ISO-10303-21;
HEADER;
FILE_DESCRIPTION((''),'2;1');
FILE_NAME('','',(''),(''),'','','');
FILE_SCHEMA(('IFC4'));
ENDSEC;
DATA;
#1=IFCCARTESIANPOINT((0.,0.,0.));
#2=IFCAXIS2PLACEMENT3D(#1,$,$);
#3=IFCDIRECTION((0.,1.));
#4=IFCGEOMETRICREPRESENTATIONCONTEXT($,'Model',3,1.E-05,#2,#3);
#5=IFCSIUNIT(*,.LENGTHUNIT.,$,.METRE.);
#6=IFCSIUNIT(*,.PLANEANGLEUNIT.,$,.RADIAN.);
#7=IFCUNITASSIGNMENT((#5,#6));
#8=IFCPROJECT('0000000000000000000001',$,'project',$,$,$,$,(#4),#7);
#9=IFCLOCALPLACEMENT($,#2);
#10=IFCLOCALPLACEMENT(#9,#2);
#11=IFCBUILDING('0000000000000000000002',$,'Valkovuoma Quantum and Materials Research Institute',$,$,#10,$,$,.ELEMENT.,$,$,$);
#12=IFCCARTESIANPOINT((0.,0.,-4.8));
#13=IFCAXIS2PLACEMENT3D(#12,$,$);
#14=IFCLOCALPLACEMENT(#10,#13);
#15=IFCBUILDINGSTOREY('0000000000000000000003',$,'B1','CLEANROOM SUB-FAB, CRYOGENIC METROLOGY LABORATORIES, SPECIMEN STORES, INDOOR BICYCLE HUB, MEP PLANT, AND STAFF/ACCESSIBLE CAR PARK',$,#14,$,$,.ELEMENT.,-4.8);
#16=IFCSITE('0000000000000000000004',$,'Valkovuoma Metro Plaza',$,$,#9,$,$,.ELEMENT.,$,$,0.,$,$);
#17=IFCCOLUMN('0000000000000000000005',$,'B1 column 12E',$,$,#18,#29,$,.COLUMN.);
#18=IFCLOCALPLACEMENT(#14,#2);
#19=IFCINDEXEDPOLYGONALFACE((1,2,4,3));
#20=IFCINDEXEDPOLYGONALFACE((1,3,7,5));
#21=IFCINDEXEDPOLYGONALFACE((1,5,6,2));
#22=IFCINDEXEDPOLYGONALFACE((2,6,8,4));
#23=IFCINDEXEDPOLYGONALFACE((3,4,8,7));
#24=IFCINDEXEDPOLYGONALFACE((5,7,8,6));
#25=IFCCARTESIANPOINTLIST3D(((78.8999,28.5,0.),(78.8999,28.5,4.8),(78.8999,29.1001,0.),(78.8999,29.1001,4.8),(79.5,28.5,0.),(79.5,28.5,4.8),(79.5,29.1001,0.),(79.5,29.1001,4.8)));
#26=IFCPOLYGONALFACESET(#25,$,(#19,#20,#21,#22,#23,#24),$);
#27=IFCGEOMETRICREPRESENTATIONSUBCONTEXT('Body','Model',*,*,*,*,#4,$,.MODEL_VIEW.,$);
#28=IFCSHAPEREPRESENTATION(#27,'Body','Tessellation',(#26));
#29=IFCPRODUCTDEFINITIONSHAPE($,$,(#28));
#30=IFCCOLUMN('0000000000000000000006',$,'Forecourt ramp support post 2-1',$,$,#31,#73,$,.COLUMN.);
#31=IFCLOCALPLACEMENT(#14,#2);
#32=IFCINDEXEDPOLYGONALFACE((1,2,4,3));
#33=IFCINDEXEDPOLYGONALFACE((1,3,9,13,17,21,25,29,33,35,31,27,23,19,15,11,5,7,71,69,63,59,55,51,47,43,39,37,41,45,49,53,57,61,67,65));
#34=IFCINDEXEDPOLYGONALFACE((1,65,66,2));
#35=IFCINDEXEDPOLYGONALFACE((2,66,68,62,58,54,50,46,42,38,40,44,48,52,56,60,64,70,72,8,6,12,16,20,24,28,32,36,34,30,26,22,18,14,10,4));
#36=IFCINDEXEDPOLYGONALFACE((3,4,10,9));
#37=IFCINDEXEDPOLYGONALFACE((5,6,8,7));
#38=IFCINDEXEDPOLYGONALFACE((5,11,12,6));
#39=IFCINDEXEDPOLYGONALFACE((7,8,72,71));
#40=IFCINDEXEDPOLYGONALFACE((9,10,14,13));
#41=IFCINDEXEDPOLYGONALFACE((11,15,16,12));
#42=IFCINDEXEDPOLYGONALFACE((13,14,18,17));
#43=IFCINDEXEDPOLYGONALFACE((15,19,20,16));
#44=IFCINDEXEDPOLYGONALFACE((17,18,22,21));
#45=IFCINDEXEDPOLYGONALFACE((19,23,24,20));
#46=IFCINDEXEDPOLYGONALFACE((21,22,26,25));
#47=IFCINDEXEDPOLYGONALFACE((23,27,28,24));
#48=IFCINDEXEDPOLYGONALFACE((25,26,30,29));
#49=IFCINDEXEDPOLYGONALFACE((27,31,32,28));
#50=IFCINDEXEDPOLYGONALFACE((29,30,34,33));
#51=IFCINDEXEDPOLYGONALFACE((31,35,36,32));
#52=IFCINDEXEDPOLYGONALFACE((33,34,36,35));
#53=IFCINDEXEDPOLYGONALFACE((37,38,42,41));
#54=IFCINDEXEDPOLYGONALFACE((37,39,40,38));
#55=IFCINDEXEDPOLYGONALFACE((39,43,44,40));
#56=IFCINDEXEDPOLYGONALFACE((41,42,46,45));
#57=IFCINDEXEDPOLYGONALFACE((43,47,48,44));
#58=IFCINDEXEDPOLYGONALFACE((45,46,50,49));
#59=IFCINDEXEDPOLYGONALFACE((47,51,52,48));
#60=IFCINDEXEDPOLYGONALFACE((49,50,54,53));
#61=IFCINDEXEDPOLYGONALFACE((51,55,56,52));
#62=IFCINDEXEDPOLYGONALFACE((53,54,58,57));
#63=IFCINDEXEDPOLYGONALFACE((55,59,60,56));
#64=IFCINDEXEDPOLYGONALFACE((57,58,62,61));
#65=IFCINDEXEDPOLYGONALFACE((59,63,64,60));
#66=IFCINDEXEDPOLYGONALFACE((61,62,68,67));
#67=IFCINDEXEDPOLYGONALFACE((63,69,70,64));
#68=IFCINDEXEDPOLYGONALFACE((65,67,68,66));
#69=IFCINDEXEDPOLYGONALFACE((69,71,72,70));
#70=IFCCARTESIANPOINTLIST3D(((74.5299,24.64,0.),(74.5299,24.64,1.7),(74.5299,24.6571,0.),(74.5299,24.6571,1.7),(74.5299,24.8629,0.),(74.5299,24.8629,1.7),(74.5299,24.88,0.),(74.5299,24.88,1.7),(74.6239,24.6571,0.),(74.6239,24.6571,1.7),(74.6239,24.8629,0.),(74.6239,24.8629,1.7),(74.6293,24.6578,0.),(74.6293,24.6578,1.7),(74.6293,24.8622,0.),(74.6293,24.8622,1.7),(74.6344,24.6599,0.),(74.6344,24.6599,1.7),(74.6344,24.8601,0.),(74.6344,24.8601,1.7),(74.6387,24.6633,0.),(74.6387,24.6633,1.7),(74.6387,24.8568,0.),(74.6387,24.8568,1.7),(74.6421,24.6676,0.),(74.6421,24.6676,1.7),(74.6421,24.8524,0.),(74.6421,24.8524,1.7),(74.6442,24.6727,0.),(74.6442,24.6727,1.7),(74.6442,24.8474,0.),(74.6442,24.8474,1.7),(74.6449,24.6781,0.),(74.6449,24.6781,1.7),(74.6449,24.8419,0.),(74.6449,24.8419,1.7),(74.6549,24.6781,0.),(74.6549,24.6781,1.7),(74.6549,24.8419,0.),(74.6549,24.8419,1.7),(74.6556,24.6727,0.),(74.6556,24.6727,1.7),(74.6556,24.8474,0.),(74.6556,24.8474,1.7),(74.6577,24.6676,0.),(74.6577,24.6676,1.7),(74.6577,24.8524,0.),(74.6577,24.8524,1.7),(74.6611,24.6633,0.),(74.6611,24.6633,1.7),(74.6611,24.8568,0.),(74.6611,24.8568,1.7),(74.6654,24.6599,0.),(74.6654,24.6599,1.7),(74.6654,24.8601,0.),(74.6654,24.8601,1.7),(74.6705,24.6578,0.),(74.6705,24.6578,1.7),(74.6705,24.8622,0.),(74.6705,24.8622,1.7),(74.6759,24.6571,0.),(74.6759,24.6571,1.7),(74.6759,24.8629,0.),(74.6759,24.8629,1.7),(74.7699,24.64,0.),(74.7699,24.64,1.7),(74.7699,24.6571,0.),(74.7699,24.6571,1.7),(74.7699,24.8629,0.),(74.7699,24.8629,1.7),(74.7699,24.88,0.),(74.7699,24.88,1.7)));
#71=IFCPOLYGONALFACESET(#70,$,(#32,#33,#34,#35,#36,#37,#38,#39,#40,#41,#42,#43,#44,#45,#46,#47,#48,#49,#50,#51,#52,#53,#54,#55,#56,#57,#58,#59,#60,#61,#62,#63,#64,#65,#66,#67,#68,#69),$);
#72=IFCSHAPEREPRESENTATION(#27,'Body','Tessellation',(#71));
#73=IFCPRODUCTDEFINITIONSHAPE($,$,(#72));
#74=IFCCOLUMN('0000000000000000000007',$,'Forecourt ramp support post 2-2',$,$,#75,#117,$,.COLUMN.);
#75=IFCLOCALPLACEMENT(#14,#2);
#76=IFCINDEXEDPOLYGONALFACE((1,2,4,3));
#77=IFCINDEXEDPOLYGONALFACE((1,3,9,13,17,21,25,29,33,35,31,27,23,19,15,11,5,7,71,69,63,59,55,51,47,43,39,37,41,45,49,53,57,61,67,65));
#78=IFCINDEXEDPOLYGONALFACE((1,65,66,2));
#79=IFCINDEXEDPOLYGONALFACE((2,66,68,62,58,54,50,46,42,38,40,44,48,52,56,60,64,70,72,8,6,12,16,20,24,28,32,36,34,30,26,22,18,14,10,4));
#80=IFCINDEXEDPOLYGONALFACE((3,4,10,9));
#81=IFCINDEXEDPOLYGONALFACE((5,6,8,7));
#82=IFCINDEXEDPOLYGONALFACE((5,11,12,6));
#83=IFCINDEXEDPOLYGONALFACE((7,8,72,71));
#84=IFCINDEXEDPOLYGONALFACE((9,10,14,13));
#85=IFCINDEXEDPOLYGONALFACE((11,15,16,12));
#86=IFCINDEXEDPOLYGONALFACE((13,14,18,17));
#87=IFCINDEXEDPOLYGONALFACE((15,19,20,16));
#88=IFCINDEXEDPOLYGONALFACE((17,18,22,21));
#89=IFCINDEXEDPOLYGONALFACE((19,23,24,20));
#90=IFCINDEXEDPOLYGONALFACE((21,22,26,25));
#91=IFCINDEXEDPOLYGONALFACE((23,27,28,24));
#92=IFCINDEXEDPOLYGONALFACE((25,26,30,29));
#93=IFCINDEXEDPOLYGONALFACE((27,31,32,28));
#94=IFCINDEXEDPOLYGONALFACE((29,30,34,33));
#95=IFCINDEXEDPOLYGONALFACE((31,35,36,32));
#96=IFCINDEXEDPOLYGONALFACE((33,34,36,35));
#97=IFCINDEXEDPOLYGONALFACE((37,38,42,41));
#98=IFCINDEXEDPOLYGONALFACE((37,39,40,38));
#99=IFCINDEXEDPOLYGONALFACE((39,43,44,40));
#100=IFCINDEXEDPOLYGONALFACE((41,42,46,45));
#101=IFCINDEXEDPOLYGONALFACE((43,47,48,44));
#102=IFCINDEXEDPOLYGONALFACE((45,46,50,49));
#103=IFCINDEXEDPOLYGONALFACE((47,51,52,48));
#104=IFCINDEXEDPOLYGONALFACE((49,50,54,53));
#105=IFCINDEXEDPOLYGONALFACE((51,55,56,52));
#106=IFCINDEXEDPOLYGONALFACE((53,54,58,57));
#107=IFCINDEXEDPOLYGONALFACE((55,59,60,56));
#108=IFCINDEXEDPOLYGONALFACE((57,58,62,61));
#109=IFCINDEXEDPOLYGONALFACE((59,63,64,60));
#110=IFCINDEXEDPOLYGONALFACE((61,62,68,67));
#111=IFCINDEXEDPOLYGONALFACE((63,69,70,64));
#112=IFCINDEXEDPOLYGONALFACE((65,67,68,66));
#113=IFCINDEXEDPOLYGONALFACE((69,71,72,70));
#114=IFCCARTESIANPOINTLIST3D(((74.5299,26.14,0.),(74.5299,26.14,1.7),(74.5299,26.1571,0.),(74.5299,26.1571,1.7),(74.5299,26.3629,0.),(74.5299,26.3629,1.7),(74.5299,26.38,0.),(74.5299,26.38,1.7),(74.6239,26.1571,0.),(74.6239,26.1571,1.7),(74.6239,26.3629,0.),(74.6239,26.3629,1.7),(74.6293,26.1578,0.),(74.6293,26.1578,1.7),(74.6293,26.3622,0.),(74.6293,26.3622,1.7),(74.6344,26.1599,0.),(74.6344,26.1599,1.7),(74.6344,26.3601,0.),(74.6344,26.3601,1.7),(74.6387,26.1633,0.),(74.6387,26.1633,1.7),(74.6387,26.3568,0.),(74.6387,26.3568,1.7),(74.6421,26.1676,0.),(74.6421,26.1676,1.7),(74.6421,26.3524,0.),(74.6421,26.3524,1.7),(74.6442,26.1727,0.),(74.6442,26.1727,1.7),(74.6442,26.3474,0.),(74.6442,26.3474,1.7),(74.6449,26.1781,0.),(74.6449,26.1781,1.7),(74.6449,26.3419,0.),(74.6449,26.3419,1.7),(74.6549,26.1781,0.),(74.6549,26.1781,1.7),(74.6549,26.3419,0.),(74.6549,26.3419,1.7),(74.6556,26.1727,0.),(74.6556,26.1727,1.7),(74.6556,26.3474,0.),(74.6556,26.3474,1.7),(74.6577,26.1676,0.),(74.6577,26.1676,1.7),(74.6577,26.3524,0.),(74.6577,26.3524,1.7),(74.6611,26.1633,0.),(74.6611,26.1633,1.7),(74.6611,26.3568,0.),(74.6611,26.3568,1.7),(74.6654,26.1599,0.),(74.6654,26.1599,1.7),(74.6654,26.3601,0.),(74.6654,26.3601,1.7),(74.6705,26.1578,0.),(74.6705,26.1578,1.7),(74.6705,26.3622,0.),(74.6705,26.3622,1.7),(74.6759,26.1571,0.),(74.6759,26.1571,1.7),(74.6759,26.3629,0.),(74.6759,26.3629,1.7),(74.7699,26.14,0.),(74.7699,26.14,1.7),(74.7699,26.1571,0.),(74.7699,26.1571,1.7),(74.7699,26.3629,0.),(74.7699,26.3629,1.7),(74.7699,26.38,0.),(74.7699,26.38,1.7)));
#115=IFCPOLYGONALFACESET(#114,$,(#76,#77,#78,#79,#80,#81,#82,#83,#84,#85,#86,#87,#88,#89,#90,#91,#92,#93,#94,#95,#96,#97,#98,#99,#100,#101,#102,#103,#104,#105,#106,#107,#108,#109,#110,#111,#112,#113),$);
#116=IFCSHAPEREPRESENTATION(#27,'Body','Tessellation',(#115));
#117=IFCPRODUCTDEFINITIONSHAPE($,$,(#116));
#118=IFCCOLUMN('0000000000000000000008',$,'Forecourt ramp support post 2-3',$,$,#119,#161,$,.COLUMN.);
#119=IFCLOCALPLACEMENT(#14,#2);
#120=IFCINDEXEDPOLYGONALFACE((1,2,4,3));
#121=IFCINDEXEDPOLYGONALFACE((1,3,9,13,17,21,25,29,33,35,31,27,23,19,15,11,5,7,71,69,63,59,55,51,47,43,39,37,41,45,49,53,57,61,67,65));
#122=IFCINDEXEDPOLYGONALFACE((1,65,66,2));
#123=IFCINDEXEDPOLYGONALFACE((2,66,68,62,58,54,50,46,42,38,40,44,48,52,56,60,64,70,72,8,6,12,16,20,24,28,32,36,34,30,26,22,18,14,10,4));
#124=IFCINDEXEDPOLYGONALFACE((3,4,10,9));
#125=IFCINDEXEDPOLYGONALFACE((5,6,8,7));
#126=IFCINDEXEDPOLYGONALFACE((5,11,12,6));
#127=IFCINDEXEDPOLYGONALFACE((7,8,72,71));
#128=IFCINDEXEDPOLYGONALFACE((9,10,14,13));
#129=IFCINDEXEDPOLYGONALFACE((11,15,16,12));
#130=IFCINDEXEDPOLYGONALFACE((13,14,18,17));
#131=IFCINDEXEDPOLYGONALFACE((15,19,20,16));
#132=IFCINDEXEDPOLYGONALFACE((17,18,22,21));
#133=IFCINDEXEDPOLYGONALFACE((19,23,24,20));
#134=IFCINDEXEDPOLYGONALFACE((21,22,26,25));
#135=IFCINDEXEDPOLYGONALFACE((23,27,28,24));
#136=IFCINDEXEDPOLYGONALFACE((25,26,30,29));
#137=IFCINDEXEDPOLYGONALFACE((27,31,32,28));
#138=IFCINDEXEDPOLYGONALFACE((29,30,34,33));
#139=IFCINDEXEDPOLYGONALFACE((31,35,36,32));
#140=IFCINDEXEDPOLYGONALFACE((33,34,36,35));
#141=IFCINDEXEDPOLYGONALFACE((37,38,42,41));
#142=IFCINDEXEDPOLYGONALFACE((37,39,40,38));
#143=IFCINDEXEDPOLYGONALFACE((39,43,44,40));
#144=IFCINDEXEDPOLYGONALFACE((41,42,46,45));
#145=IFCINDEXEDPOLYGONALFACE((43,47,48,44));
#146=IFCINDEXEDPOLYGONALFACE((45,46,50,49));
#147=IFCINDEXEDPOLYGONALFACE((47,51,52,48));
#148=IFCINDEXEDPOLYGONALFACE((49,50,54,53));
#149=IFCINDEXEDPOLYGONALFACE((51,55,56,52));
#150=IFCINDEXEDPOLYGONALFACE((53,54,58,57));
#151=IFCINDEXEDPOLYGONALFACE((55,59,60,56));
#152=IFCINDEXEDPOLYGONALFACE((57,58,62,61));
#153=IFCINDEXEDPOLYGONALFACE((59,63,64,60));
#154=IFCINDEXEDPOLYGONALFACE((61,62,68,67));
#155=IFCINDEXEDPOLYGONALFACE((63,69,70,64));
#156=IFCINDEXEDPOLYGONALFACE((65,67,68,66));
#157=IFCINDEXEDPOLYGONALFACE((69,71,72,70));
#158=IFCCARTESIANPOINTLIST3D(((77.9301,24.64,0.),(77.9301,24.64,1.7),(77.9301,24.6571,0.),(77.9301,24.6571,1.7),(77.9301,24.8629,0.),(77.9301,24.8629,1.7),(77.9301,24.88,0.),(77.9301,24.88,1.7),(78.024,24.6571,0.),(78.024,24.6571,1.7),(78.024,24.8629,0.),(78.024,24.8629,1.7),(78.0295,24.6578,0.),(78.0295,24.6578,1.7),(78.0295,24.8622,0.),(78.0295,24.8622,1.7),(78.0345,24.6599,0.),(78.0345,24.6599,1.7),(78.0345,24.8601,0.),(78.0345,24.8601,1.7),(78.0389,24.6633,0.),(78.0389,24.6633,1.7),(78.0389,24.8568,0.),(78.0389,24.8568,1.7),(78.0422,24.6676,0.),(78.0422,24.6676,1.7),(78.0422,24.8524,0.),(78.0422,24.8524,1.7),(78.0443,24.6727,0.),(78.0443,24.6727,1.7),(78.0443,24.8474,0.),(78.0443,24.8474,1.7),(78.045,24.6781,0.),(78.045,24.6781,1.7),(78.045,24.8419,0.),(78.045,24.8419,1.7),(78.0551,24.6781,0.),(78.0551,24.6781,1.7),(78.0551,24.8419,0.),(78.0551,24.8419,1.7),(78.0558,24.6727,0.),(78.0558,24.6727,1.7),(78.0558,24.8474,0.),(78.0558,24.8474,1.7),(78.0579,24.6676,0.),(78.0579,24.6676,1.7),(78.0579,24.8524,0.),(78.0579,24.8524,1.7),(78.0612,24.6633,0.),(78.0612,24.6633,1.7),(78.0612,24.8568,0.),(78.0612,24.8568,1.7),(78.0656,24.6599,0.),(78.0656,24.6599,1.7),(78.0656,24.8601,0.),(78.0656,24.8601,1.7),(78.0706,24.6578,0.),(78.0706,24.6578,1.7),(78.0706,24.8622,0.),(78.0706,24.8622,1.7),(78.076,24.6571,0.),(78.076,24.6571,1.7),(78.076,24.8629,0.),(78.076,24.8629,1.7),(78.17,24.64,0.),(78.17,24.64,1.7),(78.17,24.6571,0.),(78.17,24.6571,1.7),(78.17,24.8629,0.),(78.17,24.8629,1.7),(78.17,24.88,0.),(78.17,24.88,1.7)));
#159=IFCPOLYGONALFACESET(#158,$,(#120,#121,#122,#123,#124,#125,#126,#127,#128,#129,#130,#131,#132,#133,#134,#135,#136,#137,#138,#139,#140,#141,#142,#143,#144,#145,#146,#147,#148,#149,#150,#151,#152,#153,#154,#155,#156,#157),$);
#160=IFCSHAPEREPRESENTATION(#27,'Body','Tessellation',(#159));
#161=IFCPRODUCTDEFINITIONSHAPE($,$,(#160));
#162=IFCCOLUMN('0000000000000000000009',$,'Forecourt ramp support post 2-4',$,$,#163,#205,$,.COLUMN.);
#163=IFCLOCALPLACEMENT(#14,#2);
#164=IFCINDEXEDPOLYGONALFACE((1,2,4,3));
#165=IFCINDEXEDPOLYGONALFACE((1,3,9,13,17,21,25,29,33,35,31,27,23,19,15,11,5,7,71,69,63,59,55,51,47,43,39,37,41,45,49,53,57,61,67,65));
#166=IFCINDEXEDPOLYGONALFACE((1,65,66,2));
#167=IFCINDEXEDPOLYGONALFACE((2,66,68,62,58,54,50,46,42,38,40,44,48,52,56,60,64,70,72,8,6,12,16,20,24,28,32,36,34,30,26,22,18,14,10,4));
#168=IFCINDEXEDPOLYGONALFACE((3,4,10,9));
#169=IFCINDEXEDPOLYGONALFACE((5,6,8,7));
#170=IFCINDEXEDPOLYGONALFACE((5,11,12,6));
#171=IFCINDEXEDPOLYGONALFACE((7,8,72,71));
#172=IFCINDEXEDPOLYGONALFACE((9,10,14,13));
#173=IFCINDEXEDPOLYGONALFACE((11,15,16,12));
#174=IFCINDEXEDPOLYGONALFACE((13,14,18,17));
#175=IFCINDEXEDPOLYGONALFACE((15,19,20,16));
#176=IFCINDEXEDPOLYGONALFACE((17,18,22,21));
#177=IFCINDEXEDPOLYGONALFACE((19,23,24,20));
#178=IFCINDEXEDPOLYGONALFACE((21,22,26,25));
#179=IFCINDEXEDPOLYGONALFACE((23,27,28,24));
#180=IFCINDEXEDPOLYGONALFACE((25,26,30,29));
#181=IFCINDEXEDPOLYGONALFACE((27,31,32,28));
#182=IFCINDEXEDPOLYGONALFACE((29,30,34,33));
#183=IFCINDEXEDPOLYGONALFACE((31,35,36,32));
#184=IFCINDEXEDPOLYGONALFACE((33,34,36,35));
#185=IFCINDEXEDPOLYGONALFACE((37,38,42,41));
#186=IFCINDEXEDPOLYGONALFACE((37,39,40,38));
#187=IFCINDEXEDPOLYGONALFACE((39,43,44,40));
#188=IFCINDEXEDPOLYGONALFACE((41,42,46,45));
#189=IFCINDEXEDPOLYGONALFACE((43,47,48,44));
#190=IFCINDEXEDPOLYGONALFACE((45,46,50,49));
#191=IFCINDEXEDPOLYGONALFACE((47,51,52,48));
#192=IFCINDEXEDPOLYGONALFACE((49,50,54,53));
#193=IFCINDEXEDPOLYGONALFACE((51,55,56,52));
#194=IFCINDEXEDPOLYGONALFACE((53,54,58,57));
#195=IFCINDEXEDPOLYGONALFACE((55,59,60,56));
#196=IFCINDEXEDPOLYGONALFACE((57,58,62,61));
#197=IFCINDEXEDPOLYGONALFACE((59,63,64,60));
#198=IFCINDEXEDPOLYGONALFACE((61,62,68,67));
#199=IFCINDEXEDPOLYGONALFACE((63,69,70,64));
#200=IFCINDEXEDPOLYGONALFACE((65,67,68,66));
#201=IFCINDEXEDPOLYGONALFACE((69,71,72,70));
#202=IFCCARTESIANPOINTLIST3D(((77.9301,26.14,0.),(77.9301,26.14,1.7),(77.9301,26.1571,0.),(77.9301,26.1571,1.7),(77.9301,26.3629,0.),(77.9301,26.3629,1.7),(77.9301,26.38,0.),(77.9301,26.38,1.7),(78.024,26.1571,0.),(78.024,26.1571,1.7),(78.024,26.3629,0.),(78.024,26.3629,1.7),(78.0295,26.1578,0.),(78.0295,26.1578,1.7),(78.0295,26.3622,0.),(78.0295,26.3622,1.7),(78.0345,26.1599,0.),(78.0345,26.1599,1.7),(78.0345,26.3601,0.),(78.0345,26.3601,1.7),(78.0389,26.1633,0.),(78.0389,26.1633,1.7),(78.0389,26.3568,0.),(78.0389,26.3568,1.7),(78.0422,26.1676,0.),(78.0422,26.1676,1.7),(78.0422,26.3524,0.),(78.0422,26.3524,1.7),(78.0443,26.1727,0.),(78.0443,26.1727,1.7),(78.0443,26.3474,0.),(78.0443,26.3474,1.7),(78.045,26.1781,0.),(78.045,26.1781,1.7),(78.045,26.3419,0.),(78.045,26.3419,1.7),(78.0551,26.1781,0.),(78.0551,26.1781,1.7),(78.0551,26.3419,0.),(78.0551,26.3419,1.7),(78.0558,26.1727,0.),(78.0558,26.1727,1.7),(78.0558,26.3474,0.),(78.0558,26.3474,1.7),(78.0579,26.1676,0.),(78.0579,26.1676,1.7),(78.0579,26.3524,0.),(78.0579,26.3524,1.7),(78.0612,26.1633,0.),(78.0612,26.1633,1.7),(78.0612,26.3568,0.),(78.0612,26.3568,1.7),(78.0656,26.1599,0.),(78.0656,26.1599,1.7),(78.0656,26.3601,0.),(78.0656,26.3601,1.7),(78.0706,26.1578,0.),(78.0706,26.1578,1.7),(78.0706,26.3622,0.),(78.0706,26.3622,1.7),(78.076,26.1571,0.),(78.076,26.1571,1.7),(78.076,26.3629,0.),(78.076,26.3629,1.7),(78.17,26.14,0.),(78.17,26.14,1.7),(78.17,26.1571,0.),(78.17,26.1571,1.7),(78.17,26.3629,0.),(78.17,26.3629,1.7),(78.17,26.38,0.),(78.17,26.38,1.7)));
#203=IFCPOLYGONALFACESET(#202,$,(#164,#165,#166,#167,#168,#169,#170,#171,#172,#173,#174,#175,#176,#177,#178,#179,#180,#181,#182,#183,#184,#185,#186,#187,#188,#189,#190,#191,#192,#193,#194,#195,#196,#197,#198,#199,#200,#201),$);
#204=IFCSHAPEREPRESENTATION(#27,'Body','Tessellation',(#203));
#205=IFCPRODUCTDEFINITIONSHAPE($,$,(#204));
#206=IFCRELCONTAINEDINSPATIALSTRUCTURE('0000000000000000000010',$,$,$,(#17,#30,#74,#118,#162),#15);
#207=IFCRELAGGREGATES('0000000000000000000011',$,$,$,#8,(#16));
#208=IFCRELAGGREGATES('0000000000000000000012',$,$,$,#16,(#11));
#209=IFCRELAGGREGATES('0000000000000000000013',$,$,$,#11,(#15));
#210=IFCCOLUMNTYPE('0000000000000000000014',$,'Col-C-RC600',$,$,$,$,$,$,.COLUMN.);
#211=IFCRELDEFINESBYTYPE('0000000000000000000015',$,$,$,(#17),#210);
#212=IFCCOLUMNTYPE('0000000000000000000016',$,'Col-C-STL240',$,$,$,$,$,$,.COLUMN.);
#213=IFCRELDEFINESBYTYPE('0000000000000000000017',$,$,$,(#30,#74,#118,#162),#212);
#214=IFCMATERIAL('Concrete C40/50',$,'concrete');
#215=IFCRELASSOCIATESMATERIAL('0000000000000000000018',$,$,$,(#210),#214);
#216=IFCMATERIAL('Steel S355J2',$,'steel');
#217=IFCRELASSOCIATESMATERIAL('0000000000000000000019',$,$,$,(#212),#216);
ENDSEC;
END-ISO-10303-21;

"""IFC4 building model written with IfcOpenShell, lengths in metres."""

from ifc_helpers import new_model, si_unit, direction, frame, origin, origin_2d, place, context, subcontext, project, spatial, rectangle, i_section, extrude, material, material_profile, profile_set, type_object, element, save


model = new_model("IFC4")

# Units and contexts
model_context = context("Model", 3, precision=1e-05, world=origin(), true_north=direction((0.0, 1.0)))
body_context = subcontext(model_context, "Body", "Model", "MODEL_VIEW")
ifc_project = project(units=[si_unit("LENGTHUNIT", "METRE"), si_unit("PLANEANGLEUNIT", "RADIAN")], contexts=[model_context])

# Site, building, storey
site_placement = place(None, origin())
site = spatial("IfcSite", under=ifc_project, at=site_placement, Name="Valkovuoma Metro Plaza", CompositionType="ELEMENT", RefElevation=0.0)
building_placement = place(site_placement, origin())
building = spatial("IfcBuilding", under=site, at=building_placement, Name="Valkovuoma Quantum and Materials Research Institute", CompositionType="ELEMENT")
storey_placement = place(building_placement, frame((0.0, 0.0, -4.8)))
storey = spatial("IfcBuildingStorey", under=building, at=storey_placement, Name="B1", Description="CLEANROOM SUB-FAB, CRYOGENIC METROLOGY LABORATORIES, SPECIMEN STORES, INDOOR BICYCLE HUB, MEP PLANT, AND STAFF/ACCESSIBLE CAR PARK", CompositionType="ELEMENT", Elevation=-4.8)

# Columns
ifc_material_1 = material(Name="Concrete C40/50", Category="concrete")
ifc_material_profile_1 = material_profile(ifc_material_1, rectangle(XDim=0.6001, YDim=0.6001, at=origin_2d()), Name="Concrete C40/50")
ifc_profile_set_1 = profile_set([ifc_material_profile_1], Name="Concrete C40/50")
column_type_1 = type_object("IfcColumnType", Name="Col-C-RC600", PredefinedType="COLUMN", material=ifc_profile_set_1)
for number, where, z_axis, x_axis, name in (
    (1, (79.2, 28.8, 0.0), (0.0, 0.0, 1.0), (1.0, 0.0, 0.0), "B1 column 12E"),
):
    element("IfcColumn", number, at=place(storey_placement, frame(where, z_axis=z_axis, x_axis=x_axis)), inside=storey, type_object=column_type_1, Name=name, PredefinedType="COLUMN", context=body_context, shape_type="SweptSolid", body=[
        extrude(rectangle(XDim=0.6001, YDim=0.6001, at=origin_2d()), origin(), (0.0, 0.0, 1.0), 4.8),
    ])
ifc_material_2 = material(Name="Steel S355J2", Category="steel")
ifc_material_profile_2 = material_profile(ifc_material_2, i_section(OverallWidth=0.24, OverallDepth=0.24, WebThickness=0.01, FlangeThickness=0.0171, FilletRadius=0.021, at=origin_2d()), Name="Steel S355J2")
ifc_profile_set_2 = profile_set([ifc_material_profile_2], Name="Steel S355J2")
column_type_2 = type_object("IfcColumnType", Name="Col-C-STL240", PredefinedType="COLUMN", material=ifc_profile_set_2)
for number, where, z_axis, x_axis, name in (
    (2, (74.6499, 24.76, 0.0), (0.0, 0.0, 1.0), (1.0, 0.0, 0.0), "Forecourt ramp support post 2-1"),
    (3, (74.6499, 26.26, 0.0), (0.0, 0.0, 1.0), (1.0, 0.0, 0.0), "Forecourt ramp support post 2-2"),
    (4, (78.05, 24.76, 0.0), (0.0, 0.0, 1.0), (1.0, 0.0, 0.0), "Forecourt ramp support post 2-3"),
    (5, (78.05, 26.26, 0.0), (0.0, 0.0, 1.0), (1.0, 0.0, 0.0), "Forecourt ramp support post 2-4"),
):
    element("IfcColumn", number, at=place(storey_placement, frame(where, z_axis=z_axis, x_axis=x_axis)), inside=storey, type_object=column_type_2, Name=name, PredefinedType="COLUMN", context=body_context, shape_type="SweptSolid", body=[
        extrude(i_section(OverallWidth=0.24, OverallDepth=0.24, WebThickness=0.01, FlangeThickness=0.0171, FilletRadius=0.021, at=origin_2d()), origin(), (0.0, 0.0, 1.0), 1.7),
    ])

save(model, "model.ifc")
